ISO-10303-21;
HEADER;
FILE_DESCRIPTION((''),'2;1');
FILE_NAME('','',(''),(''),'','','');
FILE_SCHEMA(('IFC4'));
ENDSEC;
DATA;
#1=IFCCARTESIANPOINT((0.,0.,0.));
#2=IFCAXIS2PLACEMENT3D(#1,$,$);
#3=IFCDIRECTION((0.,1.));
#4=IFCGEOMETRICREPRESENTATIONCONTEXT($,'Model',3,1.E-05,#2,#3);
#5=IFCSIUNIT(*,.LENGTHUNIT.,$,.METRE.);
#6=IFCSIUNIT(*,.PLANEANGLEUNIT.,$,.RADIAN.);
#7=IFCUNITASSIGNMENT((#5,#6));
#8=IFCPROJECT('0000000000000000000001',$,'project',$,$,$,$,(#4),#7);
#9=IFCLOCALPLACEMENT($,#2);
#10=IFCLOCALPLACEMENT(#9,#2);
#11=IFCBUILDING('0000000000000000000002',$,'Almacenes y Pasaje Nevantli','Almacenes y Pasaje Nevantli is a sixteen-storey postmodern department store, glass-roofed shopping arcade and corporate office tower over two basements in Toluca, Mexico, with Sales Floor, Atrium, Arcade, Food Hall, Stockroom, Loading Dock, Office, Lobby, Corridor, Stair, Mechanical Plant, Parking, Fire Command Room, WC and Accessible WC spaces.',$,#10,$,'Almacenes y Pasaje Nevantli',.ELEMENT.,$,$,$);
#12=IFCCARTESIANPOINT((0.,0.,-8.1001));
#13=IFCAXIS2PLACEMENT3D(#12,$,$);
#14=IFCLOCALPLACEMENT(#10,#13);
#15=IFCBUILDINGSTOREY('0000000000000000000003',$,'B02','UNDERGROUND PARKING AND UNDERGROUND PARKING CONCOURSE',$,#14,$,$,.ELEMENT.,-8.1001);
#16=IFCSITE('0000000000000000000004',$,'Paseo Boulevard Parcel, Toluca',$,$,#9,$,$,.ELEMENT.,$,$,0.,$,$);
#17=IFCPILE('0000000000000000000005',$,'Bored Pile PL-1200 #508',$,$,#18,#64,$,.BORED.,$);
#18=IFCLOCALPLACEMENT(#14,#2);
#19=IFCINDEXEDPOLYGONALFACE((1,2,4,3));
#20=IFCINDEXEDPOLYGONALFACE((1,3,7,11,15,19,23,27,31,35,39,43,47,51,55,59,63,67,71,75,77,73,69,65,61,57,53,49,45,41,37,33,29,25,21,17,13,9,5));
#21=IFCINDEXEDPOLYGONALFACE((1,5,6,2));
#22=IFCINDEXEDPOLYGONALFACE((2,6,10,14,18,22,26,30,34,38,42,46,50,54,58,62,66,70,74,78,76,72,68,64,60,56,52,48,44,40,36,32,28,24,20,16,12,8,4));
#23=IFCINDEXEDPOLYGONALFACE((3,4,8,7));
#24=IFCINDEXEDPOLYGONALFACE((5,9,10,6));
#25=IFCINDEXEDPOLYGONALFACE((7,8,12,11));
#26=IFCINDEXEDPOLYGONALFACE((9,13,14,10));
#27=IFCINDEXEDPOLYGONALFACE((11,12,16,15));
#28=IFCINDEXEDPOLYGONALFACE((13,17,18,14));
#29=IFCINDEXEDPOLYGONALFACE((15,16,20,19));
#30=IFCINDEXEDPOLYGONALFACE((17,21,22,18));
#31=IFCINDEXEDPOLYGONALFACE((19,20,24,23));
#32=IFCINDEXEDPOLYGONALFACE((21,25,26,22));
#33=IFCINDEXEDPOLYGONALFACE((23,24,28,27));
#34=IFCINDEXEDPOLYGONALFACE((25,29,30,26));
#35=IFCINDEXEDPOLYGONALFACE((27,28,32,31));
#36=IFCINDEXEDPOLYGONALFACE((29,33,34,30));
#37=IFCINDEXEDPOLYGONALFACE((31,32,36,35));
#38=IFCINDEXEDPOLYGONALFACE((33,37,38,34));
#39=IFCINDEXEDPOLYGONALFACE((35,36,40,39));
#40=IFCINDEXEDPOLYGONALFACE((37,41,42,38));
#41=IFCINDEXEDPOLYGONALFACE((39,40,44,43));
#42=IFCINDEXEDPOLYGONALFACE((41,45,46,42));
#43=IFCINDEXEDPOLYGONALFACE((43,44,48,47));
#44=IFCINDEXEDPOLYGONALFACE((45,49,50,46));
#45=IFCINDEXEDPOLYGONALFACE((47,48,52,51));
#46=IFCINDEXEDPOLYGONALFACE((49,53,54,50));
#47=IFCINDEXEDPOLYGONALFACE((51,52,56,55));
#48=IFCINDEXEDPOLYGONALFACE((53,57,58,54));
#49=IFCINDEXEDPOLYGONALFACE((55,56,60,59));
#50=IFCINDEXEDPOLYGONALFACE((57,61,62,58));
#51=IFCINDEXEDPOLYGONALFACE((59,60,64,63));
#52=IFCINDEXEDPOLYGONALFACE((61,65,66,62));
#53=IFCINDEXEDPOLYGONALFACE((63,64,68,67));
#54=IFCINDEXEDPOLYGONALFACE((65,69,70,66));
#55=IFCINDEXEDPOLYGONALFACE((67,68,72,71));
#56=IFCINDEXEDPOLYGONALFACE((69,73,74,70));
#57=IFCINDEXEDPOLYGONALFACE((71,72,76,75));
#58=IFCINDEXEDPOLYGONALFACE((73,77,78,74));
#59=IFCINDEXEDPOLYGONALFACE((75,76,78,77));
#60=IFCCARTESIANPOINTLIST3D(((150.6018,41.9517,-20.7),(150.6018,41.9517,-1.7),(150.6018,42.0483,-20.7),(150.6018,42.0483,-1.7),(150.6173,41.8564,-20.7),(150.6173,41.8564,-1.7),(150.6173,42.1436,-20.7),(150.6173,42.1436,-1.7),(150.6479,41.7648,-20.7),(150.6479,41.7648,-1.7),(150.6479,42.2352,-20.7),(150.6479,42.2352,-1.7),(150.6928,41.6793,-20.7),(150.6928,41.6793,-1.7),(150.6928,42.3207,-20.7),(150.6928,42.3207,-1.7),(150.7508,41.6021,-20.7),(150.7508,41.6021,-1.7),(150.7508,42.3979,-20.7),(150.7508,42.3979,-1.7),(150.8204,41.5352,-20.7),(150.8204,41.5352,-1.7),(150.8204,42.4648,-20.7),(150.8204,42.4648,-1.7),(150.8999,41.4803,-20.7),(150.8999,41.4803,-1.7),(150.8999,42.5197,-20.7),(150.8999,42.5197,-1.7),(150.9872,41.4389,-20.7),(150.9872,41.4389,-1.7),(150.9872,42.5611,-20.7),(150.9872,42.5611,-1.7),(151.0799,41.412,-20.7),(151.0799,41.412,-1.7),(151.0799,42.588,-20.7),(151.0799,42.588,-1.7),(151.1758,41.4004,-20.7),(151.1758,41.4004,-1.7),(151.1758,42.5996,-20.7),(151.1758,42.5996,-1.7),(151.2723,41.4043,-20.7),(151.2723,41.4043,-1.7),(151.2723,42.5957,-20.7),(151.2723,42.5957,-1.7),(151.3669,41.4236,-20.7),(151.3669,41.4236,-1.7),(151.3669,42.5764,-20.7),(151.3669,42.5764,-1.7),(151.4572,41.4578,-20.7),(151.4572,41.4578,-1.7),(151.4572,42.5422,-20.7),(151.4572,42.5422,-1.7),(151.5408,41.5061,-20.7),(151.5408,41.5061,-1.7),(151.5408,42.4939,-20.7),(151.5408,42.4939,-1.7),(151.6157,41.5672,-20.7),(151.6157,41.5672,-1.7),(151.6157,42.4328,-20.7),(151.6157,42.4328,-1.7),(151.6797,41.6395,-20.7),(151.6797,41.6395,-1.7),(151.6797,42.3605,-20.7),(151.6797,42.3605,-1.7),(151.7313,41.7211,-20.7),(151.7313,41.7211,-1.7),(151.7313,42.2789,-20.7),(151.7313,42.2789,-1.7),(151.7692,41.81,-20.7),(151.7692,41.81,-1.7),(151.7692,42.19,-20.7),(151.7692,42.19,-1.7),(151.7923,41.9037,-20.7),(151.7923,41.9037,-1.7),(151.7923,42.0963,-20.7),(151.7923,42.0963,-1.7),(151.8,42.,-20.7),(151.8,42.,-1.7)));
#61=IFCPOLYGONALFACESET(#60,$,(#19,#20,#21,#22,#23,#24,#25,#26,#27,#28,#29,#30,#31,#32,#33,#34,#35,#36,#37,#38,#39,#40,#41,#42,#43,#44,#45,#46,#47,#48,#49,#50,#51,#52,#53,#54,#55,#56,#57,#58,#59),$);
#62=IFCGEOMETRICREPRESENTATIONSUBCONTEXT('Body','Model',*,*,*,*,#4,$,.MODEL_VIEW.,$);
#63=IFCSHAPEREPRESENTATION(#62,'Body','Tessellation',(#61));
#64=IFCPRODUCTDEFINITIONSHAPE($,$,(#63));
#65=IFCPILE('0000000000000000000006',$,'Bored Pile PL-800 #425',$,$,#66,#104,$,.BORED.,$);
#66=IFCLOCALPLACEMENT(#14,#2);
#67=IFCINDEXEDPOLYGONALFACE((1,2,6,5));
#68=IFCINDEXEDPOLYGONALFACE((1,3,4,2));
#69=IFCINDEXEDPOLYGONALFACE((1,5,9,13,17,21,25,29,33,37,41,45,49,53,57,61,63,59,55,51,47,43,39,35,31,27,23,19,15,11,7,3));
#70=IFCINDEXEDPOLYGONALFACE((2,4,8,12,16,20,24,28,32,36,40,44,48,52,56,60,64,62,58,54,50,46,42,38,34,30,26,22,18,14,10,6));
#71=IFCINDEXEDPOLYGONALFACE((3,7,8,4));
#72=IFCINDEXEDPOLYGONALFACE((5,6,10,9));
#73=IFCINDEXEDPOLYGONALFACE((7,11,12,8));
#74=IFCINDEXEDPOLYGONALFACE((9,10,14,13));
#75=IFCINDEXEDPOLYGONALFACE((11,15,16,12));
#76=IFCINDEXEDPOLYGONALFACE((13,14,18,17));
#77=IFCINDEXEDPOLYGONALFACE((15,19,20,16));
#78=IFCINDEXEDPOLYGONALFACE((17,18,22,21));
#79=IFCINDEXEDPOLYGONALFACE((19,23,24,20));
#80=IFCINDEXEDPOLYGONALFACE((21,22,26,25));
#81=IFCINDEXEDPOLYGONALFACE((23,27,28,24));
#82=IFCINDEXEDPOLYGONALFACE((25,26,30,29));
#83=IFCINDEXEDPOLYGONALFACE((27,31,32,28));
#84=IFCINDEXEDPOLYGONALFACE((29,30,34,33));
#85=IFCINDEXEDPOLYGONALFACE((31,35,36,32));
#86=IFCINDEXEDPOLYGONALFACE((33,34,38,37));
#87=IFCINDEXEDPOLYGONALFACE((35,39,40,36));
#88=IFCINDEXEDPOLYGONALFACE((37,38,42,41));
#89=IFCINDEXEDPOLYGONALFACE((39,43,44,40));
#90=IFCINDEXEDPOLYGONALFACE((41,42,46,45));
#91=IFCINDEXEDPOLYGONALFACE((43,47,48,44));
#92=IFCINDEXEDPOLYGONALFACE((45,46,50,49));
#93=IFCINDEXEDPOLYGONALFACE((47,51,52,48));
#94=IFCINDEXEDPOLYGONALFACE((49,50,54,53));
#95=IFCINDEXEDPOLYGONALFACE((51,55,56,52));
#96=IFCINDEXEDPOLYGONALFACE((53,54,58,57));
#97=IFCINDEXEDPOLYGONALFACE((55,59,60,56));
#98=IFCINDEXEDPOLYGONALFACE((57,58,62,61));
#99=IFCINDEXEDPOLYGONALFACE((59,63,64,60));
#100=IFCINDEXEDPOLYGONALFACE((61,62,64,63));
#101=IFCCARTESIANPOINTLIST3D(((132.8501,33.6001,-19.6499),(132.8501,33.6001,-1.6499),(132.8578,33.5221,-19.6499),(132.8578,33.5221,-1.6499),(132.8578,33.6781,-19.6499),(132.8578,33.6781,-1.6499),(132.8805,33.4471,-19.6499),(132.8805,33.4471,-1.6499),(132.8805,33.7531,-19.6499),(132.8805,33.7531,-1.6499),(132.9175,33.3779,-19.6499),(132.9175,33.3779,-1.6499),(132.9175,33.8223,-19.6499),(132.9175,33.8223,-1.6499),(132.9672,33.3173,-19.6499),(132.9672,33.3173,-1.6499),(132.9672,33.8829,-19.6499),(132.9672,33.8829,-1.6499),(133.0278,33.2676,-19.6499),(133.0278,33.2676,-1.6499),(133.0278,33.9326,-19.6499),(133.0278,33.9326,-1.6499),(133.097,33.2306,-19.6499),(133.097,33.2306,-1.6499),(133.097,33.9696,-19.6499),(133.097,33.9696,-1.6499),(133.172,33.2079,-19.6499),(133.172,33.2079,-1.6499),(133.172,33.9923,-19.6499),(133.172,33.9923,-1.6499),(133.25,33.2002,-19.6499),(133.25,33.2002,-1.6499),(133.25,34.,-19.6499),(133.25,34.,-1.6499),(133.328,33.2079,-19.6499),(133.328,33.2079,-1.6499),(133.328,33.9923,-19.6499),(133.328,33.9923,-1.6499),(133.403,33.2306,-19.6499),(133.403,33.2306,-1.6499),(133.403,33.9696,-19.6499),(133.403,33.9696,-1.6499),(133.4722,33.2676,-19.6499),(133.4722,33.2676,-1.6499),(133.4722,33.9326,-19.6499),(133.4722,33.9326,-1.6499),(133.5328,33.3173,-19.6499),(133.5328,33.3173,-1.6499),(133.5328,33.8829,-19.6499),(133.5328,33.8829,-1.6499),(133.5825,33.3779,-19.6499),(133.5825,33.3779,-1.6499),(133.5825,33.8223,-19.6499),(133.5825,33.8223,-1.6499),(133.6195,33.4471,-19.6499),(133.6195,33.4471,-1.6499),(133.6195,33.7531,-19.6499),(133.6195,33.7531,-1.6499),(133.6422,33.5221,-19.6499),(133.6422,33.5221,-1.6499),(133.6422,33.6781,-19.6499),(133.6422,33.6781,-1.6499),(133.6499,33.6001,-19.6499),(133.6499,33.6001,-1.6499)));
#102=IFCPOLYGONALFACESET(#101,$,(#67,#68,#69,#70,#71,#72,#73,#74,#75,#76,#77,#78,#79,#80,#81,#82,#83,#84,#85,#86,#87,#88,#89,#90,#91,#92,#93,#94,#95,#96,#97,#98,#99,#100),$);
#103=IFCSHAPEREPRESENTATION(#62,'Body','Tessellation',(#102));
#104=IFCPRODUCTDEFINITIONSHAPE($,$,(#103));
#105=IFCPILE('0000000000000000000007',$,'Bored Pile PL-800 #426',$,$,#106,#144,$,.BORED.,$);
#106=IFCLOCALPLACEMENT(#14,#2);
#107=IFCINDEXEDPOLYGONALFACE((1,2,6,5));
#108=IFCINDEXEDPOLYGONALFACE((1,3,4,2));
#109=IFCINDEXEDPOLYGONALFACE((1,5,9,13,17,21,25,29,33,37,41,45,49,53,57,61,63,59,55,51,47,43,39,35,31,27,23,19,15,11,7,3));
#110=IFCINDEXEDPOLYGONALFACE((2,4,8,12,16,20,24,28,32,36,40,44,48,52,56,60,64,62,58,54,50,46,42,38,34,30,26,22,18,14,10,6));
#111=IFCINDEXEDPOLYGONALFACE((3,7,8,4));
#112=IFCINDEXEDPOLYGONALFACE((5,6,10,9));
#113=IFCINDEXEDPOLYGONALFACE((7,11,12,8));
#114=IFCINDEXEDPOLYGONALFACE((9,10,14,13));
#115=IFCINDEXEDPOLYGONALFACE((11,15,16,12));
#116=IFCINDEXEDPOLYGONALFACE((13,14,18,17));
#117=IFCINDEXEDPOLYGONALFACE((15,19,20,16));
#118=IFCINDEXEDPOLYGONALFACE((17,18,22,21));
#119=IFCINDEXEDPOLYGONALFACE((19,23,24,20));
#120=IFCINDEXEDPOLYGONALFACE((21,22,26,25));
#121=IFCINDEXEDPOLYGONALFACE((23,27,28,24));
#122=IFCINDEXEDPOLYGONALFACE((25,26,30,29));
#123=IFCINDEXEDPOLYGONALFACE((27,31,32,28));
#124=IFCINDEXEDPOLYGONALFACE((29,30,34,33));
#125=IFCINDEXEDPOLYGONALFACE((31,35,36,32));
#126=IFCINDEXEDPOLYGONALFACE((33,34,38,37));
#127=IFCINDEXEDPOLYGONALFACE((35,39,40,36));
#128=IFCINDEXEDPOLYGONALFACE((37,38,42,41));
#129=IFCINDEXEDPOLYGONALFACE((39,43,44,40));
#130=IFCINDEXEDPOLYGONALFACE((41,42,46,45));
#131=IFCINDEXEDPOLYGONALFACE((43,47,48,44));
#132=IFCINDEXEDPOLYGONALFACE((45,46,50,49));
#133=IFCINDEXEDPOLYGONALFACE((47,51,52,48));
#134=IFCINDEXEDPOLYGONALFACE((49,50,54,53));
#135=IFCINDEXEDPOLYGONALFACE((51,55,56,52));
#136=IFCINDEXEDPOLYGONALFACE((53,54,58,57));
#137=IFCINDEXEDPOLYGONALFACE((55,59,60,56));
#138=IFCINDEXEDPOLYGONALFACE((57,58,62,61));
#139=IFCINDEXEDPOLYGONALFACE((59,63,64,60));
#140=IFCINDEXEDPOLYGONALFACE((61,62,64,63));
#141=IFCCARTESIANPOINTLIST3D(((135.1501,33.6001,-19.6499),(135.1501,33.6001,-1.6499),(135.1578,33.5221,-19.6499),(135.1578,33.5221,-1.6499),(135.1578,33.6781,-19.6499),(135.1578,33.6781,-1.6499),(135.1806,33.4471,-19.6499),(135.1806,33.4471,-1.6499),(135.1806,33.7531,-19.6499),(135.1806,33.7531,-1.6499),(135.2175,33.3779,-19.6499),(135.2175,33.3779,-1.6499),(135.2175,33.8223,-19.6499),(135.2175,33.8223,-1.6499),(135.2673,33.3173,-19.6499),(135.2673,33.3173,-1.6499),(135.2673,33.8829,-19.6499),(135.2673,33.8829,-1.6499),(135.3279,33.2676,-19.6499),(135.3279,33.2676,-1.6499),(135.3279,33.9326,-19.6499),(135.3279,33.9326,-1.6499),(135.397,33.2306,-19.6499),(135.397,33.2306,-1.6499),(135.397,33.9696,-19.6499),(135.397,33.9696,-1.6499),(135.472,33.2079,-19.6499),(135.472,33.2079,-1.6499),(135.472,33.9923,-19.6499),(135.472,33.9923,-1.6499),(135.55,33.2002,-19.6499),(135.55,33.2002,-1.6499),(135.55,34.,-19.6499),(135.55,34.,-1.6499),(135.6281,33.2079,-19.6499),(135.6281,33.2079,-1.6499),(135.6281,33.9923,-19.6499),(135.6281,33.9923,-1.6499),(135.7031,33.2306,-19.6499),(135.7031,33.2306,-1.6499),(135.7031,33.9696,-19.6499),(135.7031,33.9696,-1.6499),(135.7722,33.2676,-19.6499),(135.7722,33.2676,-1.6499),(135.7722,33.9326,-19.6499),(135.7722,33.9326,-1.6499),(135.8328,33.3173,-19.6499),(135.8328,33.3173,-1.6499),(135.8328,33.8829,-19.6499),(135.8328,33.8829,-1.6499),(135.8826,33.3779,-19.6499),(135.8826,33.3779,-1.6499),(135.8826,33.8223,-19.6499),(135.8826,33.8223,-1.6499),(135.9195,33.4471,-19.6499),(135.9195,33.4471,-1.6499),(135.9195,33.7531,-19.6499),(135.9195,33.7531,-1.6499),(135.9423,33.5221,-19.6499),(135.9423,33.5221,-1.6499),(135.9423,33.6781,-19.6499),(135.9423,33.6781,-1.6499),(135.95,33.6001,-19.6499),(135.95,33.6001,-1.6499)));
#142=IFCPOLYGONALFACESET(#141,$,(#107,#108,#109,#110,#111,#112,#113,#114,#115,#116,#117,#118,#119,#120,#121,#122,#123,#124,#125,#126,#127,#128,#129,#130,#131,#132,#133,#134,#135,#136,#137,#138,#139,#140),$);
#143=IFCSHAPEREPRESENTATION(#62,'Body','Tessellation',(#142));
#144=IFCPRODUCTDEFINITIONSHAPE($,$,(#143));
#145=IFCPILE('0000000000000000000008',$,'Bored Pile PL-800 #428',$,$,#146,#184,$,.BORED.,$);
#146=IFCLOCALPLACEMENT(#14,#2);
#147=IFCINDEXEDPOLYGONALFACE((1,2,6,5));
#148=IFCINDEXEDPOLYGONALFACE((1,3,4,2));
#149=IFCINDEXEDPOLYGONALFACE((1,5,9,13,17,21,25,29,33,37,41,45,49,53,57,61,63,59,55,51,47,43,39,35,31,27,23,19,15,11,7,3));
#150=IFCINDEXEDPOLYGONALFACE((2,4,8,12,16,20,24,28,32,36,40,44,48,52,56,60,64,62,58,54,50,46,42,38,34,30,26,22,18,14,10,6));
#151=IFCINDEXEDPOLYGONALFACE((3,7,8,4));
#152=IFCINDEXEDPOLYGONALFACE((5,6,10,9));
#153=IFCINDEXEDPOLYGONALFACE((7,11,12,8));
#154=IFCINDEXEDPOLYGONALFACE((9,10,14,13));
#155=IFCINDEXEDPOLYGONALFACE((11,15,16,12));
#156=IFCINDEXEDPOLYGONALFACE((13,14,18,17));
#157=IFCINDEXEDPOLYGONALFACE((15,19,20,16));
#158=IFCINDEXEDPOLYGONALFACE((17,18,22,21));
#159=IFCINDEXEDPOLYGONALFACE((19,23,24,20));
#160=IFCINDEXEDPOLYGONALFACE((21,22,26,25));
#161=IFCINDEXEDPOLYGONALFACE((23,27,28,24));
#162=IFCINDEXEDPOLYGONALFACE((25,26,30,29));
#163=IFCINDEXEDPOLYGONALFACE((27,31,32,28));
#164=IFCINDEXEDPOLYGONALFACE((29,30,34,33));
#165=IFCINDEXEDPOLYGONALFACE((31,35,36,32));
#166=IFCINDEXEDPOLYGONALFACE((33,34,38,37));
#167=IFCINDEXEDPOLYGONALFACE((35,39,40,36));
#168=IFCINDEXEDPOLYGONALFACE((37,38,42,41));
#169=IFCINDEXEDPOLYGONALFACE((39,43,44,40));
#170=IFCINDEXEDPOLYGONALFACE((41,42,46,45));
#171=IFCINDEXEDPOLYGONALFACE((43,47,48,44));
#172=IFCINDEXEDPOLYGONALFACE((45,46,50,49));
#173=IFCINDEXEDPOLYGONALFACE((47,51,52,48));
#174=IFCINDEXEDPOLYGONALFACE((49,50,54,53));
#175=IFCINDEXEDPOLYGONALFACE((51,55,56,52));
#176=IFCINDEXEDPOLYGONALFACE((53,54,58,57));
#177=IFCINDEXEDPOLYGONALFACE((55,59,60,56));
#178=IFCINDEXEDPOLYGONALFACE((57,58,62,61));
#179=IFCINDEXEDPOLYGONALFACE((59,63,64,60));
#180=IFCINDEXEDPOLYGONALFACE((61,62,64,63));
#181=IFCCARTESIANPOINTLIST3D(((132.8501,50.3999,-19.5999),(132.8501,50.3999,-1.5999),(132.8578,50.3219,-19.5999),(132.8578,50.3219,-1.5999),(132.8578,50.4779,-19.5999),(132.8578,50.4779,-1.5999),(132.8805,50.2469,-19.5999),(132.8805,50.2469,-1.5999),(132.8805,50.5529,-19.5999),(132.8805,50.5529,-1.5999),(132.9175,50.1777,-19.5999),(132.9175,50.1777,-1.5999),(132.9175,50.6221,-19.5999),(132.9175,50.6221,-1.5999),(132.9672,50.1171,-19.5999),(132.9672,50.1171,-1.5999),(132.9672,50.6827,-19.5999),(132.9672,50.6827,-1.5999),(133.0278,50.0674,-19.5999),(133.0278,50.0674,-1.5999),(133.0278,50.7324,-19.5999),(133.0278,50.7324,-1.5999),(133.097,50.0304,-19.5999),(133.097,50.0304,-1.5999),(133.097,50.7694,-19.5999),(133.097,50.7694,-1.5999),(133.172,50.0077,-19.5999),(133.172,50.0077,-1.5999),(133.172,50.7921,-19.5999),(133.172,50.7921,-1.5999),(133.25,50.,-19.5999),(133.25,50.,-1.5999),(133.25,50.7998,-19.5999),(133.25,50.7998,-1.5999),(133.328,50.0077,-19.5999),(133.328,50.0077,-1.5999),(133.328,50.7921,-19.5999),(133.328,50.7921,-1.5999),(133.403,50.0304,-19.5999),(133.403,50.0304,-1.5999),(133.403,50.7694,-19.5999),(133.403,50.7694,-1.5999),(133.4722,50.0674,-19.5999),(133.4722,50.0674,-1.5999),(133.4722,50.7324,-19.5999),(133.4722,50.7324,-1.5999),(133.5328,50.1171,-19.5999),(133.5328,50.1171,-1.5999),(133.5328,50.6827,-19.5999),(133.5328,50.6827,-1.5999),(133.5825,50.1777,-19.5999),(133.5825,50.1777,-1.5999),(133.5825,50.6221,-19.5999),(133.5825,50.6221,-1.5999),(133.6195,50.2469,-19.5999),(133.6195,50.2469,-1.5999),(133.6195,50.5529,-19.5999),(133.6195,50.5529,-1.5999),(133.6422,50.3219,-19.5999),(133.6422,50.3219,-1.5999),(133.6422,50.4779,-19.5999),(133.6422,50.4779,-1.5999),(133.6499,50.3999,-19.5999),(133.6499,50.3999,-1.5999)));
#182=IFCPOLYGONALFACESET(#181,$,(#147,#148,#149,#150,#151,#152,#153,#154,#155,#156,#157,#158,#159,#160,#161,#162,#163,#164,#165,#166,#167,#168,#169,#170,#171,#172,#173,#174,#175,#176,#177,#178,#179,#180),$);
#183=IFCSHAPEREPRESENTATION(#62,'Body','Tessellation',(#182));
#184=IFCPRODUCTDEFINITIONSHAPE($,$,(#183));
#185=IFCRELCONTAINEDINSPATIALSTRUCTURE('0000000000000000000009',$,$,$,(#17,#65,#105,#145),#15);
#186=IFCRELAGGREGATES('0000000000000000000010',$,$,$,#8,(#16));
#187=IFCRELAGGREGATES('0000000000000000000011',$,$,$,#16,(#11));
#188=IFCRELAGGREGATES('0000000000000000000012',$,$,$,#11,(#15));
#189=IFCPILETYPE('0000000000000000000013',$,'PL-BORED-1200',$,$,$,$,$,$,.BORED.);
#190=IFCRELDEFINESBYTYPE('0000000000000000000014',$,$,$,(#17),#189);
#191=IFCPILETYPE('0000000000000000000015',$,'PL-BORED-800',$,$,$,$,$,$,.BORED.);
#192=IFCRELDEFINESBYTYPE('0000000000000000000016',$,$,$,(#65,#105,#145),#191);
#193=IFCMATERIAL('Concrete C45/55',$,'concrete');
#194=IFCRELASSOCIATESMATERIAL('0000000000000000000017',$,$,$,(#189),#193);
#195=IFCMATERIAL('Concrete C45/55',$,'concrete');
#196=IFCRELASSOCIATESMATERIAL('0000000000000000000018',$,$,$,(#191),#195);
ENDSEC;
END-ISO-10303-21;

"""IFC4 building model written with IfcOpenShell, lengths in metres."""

from ifc_helpers import new_model, si_unit, direction, frame, origin, origin_2d, place, context, subcontext, project, spatial, circle, extrude, material, material_profile, profile_set, type_object, element, save


model = new_model("IFC4")

# Units and contexts
model_context = context("Model", 3, precision=1e-05, world=origin(), true_north=direction((0.0, 1.0)))
body_context = subcontext(model_context, "Body", "Model", "MODEL_VIEW")
ifc_project = project(units=[si_unit("LENGTHUNIT", "METRE"), si_unit("PLANEANGLEUNIT", "RADIAN")], contexts=[model_context])

# Site, building, storey
site_placement = place(None, origin())
site = spatial("IfcSite", under=ifc_project, at=site_placement, Name="Paseo Boulevard Parcel, Toluca", CompositionType="ELEMENT", RefElevation=0.0)
building_placement = place(site_placement, origin())
building = spatial("IfcBuilding", under=site, at=building_placement, Name="Almacenes y Pasaje Nevantli", Description="Almacenes y Pasaje Nevantli is a sixteen-storey postmodern department store, glass-roofed shopping arcade and corporate office tower over two basements in Toluca, Mexico, with Sales Floor, Atrium, Arcade, Food Hall, Stockroom, Loading Dock, Office, Lobby, Corridor, Stair, Mechanical Plant, Parking, Fire Command Room, WC and Accessible WC spaces.", LongName="Almacenes y Pasaje Nevantli", CompositionType="ELEMENT")
storey_placement = place(building_placement, frame((0.0, 0.0, -8.1001)))
storey = spatial("IfcBuildingStorey", under=building, at=storey_placement, Name="B02", Description="UNDERGROUND PARKING AND UNDERGROUND PARKING CONCOURSE", CompositionType="ELEMENT", Elevation=-8.1001)

# Piles
ifc_material_1 = material(Name="Concrete C45/55", Category="concrete")
ifc_material_profile_1 = material_profile(ifc_material_1, circle(Radius=0.6001, at=origin_2d()), Name="RC-PILE-D1200")
ifc_profile_set_1 = profile_set([ifc_material_profile_1], Name="Concrete C45/55")
pile_type_1 = type_object("IfcPileType", Name="PL-BORED-1200", PredefinedType="BORED", material=ifc_profile_set_1)
for number, where, z_axis, x_axis, name in (
    (1, (151.2, 42.0, -1.7), (0.0, 0.0, -1.0), (1.0, 0.0, 0.0), "Bored Pile PL-1200 #508"),
):
    element("IfcPile", number, at=place(storey_placement, frame(where, z_axis=z_axis, x_axis=x_axis)), inside=storey, type_object=pile_type_1, Name=name, PredefinedType="BORED", context=body_context, shape_type="SweptSolid", body=[
        extrude(circle(Radius=0.6001, at=origin_2d()), origin(), (0.0, 0.0, 1.0), 19.0),
    ])
ifc_material_2 = material(Name="Concrete C45/55", Category="concrete")
ifc_material_profile_2 = material_profile(ifc_material_2, circle(Radius=0.3999, at=origin_2d()), Name="RC-PILE-D800")
ifc_profile_set_2 = profile_set([ifc_material_profile_2], Name="Concrete C45/55")
pile_type_2 = type_object("IfcPileType", Name="PL-BORED-800", PredefinedType="BORED", material=ifc_profile_set_2)
for number, where, z_axis, x_axis, name in (
    (2, (133.25, 33.6001, -1.6499), (0.0, 0.0, -1.0), (1.0, 0.0, 0.0), "Bored Pile PL-800 #425"),
    (3, (135.55, 33.6001, -1.6499), (0.0, 0.0, -1.0), (1.0, 0.0, 0.0), "Bored Pile PL-800 #426"),
    (4, (133.25, 50.3999, -1.5999), (0.0, 0.0, -1.0), (1.0, 0.0, 0.0), "Bored Pile PL-800 #428"),
):
    element("IfcPile", number, at=place(storey_placement, frame(where, z_axis=z_axis, x_axis=x_axis)), inside=storey, type_object=pile_type_2, Name=name, PredefinedType="BORED", context=body_context, shape_type="SweptSolid", body=[
        extrude(circle(Radius=0.3999, at=origin_2d()), origin(), (0.0, 0.0, 1.0), 18.0),
    ])

save(model, "model.ifc")
